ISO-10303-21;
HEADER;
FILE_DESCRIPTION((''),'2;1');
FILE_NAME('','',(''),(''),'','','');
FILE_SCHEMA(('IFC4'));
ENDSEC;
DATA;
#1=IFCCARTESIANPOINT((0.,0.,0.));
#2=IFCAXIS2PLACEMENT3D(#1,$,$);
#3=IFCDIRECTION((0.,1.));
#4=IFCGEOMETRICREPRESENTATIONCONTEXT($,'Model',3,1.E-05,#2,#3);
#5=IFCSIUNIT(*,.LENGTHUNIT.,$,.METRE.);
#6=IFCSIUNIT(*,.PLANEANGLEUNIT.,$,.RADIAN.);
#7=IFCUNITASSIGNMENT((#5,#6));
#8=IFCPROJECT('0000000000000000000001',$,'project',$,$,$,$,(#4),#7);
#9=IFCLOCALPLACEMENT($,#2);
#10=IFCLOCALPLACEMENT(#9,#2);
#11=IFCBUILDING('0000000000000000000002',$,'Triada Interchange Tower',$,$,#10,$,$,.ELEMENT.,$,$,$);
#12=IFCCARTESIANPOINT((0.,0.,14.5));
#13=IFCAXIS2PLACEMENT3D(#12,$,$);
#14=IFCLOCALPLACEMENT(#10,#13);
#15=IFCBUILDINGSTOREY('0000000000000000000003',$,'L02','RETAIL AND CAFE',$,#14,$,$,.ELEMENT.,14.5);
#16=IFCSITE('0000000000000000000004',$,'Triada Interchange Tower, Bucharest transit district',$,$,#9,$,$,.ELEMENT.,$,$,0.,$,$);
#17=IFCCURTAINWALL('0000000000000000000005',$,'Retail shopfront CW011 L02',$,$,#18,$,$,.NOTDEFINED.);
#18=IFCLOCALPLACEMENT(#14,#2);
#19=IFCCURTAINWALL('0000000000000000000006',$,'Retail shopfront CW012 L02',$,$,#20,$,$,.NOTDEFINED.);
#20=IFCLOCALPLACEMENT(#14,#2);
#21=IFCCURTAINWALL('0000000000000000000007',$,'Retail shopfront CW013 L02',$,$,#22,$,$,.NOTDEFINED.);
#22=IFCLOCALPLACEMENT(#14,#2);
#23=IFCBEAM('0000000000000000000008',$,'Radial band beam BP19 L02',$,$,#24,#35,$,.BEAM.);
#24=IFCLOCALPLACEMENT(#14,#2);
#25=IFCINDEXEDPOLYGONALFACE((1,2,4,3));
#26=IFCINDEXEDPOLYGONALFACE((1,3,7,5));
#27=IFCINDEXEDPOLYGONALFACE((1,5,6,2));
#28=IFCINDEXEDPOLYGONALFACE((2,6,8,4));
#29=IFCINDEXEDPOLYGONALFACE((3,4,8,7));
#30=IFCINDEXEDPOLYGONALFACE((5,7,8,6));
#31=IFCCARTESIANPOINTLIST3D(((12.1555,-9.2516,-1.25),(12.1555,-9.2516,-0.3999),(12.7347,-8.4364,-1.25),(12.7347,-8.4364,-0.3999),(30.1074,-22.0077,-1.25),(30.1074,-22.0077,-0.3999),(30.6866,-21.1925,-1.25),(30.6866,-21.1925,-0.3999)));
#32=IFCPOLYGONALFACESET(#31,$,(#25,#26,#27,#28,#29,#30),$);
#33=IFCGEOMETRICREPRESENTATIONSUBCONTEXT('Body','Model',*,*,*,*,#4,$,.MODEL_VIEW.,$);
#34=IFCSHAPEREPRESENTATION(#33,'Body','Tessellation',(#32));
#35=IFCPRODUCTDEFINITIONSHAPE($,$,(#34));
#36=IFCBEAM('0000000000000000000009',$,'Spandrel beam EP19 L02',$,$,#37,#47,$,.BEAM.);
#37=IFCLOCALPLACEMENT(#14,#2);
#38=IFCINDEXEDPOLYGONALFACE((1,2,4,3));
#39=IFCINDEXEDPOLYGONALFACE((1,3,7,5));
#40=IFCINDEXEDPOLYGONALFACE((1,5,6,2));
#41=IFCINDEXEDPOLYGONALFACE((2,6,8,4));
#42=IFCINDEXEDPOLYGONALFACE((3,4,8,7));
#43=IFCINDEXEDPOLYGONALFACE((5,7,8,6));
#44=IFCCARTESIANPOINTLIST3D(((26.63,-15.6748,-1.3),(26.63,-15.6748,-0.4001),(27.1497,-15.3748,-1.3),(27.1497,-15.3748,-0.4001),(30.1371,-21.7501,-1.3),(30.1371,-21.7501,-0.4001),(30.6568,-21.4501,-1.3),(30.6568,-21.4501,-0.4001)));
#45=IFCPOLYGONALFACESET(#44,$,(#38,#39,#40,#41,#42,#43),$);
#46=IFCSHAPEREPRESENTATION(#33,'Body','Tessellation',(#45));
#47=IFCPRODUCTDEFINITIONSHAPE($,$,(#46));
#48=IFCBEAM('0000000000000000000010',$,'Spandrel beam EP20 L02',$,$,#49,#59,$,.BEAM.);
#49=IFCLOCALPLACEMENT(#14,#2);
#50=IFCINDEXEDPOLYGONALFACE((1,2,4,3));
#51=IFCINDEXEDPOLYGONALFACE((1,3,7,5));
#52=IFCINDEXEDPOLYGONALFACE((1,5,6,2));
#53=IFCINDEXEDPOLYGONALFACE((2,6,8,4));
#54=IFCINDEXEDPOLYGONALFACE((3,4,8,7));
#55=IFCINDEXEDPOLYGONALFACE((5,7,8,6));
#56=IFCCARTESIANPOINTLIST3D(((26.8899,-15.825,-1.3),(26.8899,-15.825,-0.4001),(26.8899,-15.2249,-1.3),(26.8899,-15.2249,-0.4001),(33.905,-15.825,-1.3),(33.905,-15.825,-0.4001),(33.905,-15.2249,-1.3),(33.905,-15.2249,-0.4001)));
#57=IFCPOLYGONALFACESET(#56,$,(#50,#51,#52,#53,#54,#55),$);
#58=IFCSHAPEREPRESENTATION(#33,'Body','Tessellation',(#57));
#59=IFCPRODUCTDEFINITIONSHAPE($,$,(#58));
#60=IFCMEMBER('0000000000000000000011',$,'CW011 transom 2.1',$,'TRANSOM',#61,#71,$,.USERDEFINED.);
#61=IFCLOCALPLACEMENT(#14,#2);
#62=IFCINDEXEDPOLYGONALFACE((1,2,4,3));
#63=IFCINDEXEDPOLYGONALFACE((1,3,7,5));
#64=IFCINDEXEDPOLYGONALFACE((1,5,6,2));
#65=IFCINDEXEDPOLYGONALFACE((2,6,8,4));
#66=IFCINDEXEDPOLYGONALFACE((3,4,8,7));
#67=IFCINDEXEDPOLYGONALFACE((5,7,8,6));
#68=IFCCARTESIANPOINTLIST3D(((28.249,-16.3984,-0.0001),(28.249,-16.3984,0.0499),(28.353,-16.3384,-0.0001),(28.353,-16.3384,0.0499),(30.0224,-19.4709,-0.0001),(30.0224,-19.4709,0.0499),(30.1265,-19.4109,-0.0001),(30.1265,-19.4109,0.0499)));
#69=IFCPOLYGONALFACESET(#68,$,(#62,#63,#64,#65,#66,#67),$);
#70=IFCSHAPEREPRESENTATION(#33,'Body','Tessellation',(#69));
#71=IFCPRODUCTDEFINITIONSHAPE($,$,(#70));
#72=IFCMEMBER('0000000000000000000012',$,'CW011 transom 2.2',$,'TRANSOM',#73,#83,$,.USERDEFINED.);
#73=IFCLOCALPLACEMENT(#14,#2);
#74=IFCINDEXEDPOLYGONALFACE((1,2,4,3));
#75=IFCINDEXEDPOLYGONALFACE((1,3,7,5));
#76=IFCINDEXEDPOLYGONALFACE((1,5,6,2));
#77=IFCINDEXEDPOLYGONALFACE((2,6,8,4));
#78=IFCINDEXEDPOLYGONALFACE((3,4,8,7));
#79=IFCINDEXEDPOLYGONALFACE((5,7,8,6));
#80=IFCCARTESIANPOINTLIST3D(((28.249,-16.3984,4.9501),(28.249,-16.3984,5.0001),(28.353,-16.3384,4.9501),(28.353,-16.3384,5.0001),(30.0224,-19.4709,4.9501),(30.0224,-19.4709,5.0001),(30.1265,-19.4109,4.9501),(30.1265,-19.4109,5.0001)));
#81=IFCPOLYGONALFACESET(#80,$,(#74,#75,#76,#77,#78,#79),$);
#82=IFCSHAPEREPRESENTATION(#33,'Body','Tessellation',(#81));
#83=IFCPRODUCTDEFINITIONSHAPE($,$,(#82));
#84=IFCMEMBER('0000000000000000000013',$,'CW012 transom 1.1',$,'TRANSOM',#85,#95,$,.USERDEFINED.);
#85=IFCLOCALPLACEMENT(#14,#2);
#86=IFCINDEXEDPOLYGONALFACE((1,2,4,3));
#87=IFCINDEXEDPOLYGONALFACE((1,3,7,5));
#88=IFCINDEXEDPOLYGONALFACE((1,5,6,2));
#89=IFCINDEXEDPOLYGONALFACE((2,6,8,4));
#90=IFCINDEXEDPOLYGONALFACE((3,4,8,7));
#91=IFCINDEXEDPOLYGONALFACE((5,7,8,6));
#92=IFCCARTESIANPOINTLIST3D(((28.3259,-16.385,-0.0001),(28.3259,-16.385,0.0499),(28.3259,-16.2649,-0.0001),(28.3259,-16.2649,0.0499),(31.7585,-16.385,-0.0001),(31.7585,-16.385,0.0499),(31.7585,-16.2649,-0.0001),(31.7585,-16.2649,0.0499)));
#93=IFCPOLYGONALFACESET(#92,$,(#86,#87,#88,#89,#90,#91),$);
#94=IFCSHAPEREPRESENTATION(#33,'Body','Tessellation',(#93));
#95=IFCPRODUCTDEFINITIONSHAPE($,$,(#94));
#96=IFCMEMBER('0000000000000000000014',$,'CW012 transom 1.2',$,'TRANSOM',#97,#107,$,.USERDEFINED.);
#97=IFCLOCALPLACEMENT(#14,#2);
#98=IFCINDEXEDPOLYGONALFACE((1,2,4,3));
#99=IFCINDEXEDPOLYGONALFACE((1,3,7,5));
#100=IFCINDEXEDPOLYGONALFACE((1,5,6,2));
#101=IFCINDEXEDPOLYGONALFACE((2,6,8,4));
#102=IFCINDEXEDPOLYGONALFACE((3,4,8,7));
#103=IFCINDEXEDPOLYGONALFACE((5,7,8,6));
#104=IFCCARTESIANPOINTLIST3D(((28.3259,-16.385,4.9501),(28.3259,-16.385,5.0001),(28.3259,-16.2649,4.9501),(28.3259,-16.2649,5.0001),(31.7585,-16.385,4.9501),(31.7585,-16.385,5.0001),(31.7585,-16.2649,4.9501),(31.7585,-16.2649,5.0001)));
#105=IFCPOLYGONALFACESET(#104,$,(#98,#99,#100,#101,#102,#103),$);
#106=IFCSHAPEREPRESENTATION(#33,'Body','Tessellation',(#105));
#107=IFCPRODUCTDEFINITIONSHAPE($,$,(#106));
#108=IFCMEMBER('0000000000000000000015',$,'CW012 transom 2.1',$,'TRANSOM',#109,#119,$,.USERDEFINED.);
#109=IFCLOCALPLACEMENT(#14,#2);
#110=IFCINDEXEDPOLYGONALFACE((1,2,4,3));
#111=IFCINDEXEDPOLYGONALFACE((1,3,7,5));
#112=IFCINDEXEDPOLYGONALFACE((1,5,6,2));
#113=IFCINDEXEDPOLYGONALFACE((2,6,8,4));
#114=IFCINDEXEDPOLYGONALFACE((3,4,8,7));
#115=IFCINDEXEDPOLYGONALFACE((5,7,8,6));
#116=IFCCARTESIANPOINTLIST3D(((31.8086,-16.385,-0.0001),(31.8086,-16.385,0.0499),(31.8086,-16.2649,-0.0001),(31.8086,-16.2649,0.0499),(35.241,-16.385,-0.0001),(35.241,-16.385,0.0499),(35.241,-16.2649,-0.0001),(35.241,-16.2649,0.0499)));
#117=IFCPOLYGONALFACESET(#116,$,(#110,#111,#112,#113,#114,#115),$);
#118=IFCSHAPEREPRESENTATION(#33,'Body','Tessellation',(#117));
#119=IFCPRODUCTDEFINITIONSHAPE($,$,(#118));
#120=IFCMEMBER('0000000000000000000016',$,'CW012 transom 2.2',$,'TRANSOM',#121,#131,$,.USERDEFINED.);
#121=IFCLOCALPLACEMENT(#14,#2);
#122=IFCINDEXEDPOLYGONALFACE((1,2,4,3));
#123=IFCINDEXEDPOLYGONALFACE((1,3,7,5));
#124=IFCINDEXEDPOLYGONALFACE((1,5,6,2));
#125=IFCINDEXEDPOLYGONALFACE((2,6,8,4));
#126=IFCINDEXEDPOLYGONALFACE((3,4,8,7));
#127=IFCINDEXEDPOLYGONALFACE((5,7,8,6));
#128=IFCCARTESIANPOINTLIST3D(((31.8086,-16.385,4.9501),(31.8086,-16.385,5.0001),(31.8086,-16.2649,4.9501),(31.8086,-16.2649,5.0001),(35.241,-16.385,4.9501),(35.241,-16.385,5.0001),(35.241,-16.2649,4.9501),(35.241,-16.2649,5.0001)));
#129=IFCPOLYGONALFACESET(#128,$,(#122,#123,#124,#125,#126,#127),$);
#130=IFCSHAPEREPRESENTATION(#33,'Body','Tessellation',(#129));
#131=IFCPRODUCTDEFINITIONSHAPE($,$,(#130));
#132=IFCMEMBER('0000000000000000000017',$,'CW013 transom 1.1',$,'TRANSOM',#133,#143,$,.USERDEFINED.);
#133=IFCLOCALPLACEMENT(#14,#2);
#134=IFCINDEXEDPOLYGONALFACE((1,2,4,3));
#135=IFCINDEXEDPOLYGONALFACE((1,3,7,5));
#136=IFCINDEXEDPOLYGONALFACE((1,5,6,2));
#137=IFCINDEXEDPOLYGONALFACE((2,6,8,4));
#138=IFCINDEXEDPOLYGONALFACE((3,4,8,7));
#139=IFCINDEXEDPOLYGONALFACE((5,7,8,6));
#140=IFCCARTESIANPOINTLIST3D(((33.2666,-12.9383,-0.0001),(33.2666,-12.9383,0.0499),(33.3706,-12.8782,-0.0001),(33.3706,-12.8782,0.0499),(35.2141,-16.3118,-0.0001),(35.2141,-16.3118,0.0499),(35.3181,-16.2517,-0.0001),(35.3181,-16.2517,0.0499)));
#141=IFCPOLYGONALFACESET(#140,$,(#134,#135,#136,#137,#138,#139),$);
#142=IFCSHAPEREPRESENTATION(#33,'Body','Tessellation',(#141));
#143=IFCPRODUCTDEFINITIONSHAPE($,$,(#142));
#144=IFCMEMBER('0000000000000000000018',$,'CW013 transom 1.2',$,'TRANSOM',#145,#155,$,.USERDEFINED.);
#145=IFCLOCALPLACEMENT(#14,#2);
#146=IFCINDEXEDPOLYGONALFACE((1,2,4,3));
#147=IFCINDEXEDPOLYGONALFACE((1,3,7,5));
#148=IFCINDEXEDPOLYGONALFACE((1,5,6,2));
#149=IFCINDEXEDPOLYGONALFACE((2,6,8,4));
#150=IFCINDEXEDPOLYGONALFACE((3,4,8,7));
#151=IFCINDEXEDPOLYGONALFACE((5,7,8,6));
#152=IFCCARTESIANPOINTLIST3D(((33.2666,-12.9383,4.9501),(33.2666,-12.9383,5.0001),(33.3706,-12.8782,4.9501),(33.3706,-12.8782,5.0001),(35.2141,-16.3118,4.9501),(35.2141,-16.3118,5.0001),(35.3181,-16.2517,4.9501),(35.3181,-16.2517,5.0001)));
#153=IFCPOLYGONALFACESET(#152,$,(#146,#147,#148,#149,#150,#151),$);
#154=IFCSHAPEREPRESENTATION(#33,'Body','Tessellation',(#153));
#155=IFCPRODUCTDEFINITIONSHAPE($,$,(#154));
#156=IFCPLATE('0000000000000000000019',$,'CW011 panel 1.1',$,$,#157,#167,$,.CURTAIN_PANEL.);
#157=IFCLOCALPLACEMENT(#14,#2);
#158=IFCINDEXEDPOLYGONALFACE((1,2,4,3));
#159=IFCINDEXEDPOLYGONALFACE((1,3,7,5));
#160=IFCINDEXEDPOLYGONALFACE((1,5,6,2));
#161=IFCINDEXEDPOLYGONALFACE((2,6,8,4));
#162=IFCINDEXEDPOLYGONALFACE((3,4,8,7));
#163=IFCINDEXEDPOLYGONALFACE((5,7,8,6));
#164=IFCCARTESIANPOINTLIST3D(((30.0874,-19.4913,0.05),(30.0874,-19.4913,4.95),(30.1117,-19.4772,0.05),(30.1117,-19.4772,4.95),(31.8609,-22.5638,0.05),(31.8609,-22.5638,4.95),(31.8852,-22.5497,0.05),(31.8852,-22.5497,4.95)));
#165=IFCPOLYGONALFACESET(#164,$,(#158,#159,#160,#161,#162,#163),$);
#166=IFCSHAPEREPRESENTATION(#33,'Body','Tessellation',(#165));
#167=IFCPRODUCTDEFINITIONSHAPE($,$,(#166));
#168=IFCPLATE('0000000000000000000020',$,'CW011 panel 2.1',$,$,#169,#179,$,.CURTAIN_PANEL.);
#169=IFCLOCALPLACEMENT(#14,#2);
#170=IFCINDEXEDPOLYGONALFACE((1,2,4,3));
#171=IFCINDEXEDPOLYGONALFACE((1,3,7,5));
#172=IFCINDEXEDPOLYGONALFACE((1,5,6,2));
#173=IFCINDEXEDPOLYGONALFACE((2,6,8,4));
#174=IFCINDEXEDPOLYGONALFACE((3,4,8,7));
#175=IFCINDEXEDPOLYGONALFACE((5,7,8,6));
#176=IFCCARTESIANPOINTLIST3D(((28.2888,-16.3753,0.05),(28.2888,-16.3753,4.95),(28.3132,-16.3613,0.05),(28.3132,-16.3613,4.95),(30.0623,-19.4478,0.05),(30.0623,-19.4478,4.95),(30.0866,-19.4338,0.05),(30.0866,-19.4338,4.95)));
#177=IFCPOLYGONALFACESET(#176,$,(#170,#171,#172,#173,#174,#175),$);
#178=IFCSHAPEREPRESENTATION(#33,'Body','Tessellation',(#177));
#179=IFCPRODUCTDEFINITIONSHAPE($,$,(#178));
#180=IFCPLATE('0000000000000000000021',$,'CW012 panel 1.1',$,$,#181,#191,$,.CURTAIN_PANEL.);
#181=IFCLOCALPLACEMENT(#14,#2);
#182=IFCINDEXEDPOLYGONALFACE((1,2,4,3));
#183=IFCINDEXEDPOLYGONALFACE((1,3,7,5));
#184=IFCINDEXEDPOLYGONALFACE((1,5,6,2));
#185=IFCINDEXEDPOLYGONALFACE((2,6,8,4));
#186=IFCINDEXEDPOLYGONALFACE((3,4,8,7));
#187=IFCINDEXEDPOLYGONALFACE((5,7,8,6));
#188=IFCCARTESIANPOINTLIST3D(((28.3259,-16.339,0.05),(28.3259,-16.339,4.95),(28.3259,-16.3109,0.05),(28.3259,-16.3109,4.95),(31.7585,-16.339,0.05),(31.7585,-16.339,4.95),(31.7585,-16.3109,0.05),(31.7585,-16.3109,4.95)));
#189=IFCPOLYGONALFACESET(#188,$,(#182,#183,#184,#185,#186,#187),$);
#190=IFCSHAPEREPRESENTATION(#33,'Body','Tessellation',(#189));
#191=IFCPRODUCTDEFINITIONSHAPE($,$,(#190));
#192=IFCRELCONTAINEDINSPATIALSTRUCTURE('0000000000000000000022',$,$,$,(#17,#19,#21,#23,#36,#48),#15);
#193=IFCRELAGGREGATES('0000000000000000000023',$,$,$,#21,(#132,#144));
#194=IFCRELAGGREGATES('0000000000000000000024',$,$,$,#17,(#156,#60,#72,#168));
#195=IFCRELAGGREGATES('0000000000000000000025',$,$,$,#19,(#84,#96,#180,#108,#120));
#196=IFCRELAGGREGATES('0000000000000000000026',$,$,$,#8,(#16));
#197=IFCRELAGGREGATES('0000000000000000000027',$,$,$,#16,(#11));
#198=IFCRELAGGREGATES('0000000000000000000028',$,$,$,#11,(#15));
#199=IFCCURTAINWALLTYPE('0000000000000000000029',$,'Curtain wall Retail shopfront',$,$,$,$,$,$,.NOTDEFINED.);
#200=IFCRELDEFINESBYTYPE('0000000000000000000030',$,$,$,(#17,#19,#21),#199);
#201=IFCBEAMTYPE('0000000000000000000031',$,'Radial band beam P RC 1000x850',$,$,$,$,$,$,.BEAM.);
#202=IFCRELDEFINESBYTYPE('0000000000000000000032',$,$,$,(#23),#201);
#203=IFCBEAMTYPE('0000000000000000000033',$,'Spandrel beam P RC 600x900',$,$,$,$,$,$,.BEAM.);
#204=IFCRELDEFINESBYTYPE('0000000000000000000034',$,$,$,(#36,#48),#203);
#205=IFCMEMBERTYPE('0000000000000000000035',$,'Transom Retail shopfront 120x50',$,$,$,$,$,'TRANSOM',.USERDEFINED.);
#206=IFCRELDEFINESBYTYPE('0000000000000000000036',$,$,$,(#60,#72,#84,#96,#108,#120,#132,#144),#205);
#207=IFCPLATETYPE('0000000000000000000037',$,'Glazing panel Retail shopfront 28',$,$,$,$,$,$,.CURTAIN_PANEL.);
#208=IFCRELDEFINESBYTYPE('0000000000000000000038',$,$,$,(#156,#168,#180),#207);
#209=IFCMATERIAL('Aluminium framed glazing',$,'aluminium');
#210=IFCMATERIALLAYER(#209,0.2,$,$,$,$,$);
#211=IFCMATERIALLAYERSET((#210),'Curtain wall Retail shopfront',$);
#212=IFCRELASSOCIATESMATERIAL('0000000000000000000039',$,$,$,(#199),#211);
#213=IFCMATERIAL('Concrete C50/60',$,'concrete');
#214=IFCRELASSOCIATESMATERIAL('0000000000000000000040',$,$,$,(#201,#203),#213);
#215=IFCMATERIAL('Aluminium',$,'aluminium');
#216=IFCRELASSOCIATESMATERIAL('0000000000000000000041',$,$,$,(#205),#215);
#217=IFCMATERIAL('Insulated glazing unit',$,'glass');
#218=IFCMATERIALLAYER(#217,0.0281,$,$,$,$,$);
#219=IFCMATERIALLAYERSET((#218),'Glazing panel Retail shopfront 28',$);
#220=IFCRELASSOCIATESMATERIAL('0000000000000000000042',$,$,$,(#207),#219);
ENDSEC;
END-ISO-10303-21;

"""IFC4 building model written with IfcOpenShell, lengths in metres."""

from ifc_helpers import new_model, si_unit, direction, frame, origin, origin_2d, place, context, subcontext, project, spatial, rectangle, extrude, material, layer, layer_set, material_profile, profile_set, type_object, element, aggregate, save


model = new_model("IFC4")

# Units and contexts
model_context = context("Model", 3, precision=1e-05, world=origin(), true_north=direction((0.0, 1.0)))
body_context = subcontext(model_context, "Body", "Model", "MODEL_VIEW")
ifc_project = project(units=[si_unit("LENGTHUNIT", "METRE"), si_unit("PLANEANGLEUNIT", "RADIAN")], contexts=[model_context])

# Site, building, storey
site_placement = place(None, origin())
site = spatial("IfcSite", under=ifc_project, at=site_placement, Name="Triada Interchange Tower, Bucharest transit district", CompositionType="ELEMENT", RefElevation=0.0)
building_placement = place(site_placement, origin())
building = spatial("IfcBuilding", under=site, at=building_placement, Name="Triada Interchange Tower", CompositionType="ELEMENT")
storey_placement = place(building_placement, frame((0.0, 0.0, 14.5)))
storey = spatial("IfcBuildingStorey", under=building, at=storey_placement, Name="L02", Description="RETAIL AND CAFE", CompositionType="ELEMENT", Elevation=14.5)

# Curtain walls
ifc_material_1 = material(Name="Aluminium framed glazing", Category="aluminium")
ifc_layer_1 = layer(ifc_material_1, 0.2)
ifc_layer_set_1 = layer_set([ifc_layer_1], Name="Curtain wall Retail shopfront")
curtain_wall_type = type_object("IfcCurtainWallType", Name="Curtain wall Retail shopfront", PredefinedType="NOTDEFINED", material=ifc_layer_set_1)
curtain_wall_1_placement = place(storey_placement, origin())
curtain_wall_1 = element("IfcCurtainWall", 1, at=curtain_wall_1_placement, inside=storey, type_object=curtain_wall_type, Name="Retail shopfront CW011 L02", PredefinedType="NOTDEFINED")
ifc_material_2 = material(Name="Aluminium", Category="aluminium")
curtain_wall_2_placement = place(storey_placement, origin())
curtain_wall_2 = element("IfcCurtainWall", 2, at=curtain_wall_2_placement, inside=storey, type_object=curtain_wall_type, Name="Retail shopfront CW012 L02", PredefinedType="NOTDEFINED")

# Curtain wall
curtain_wall_3_placement = place(storey_placement, origin())
curtain_wall_3 = element("IfcCurtainWall", 3, at=curtain_wall_3_placement, inside=storey, type_object=curtain_wall_type, Name="Retail shopfront CW013 L02", PredefinedType="NOTDEFINED")

# Beams
ifc_material_3 = material(Name="Concrete C50/60", Category="concrete")
ifc_material_profile_1 = material_profile(ifc_material_3, rectangle(XDim=1.0, YDim=0.8501, at=origin_2d()), Name="RC 1000x850")
ifc_profile_set_1 = profile_set([ifc_material_profile_1], Name="Concrete C50/60")
beam_type_1 = type_object("IfcBeamType", Name="Radial band beam P RC 1000x850", PredefinedType="BEAM", material=ifc_profile_set_1)
beam_1_placement = place(storey_placement, frame((30.397, -21.6001, -0.825), z_axis=(-0.815163, 0.579231, 0.0), x_axis=(-0.579231, -0.815163, 0.0)))
element("IfcBeam", 4, at=beam_1_placement, inside=storey, type_object=beam_type_1, Name="Radial band beam BP19 L02", PredefinedType="BEAM", context=body_context, shape_type="SweptSolid", body=[
    extrude(rectangle(XDim=1.0, YDim=0.8501, at=origin_2d()), origin(), (0.0, 0.0, 1.0), 22.0225),
])
ifc_material_profile_2 = material_profile(ifc_material_3, rectangle(XDim=0.6001, YDim=0.8999, at=origin_2d()), Name="RC 600x900")
ifc_profile_set_2 = profile_set([ifc_material_profile_2], Name="Concrete C50/60")
beam_type_2 = type_object("IfcBeamType", Name="Spandrel beam P RC 600x900", PredefinedType="BEAM", material=ifc_profile_set_2)
beam_2_placement = place(storey_placement, frame((30.397, -21.6001, -0.8501), z_axis=(-0.499953, 0.866052, 0.0), x_axis=(-0.866052, -0.499953, 0.0)))
element("IfcBeam", 5, at=beam_2_placement, inside=storey, type_object=beam_type_2, Name="Spandrel beam EP19 L02", PredefinedType="BEAM", context=body_context, shape_type="SweptSolid", body=[
    extrude(rectangle(XDim=0.6001, YDim=0.8999, at=origin_2d()), origin(), (0.0, 0.0, 1.0), 7.0149),
])
beam_3_placement = place(storey_placement, frame((26.8899, -15.5249, -0.8501), z_axis=(1.0, 0.0, 0.0), x_axis=(0.0, 1.0, 0.0)))
element("IfcBeam", 6, at=beam_3_placement, inside=storey, type_object=beam_type_2, Name="Spandrel beam EP20 L02", PredefinedType="BEAM", context=body_context, shape_type="SweptSolid", body=[
    extrude(rectangle(XDim=0.6001, YDim=0.8999, at=origin_2d()), origin(), (0.0, 0.0, 1.0), 7.0151),
])

# Members
ifc_material_profile_3 = material_profile(ifc_material_2, rectangle(XDim=0.1201, YDim=0.05, at=origin_2d()), Name="Aluminium transom")
ifc_profile_set_3 = profile_set([ifc_material_profile_3], Name="Aluminium")
member_type_1 = type_object("IfcMemberType", Name="Transom Retail shopfront 120x50", ElementType="TRANSOM", PredefinedType="USERDEFINED", material=ifc_profile_set_3)
member_1_placement = place(storey_placement, frame((30.0745, -19.4409, 0.0249), z_axis=(-0.499899, 0.866084, 0.0), x_axis=(-0.866084, -0.499899, 0.0)))
member_1 = element("IfcMember", 7, at=member_1_placement, type_object=member_type_1, Name="CW011 transom 2.1", ObjectType="TRANSOM", PredefinedType="USERDEFINED", context=body_context, shape_type="SweptSolid", body=[
    extrude(rectangle(XDim=0.1201, YDim=0.05, at=origin_2d()), origin(), (0.0, 0.0, 1.0), 3.5476),
])
member_2_placement = place(storey_placement, frame((30.0745, -19.4409, 4.9751), z_axis=(-0.499899, 0.866084, 0.0), x_axis=(-0.866084, -0.499899, 0.0)))
member_2 = element("IfcMember", 8, at=member_2_placement, type_object=member_type_1, Name="CW011 transom 2.2", ObjectType="TRANSOM", PredefinedType="USERDEFINED", context=body_context, shape_type="SweptSolid", body=[
    extrude(rectangle(XDim=0.1201, YDim=0.05, at=origin_2d()), origin(), (0.0, 0.0, 1.0), 3.5476),
])
member_3_placement = place(storey_placement, frame((28.3259, -16.325, 0.0249), z_axis=(1.0, 0.0, 0.0), x_axis=(0.0, 1.0, 0.0)))
member_3 = element("IfcMember", 9, at=member_3_placement, type_object=member_type_1, Name="CW012 transom 1.1", ObjectType="TRANSOM", PredefinedType="USERDEFINED", context=body_context, shape_type="SweptSolid", body=[
    extrude(rectangle(XDim=0.1201, YDim=0.05, at=origin_2d()), origin(), (0.0, 0.0, 1.0), 3.4326),
])
member_4_placement = place(storey_placement, frame((28.3259, -16.325, 4.9751), z_axis=(1.0, 0.0, 0.0), x_axis=(0.0, 1.0, 0.0)))
member_4 = element("IfcMember", 10, at=member_4_placement, type_object=member_type_1, Name="CW012 transom 1.2", ObjectType="TRANSOM", PredefinedType="USERDEFINED", context=body_context, shape_type="SweptSolid", body=[
    extrude(rectangle(XDim=0.1201, YDim=0.05, at=origin_2d()), origin(), (0.0, 0.0, 1.0), 3.4326),
])
member_5_placement = place(storey_placement, frame((31.8086, -16.325, 0.0249), z_axis=(1.0, 0.0, 0.0), x_axis=(0.0, 1.0, 0.0)))
member_5 = element("IfcMember", 11, at=member_5_placement, type_object=member_type_1, Name="CW012 transom 2.1", ObjectType="TRANSOM", PredefinedType="USERDEFINED", context=body_context, shape_type="SweptSolid", body=[
    extrude(rectangle(XDim=0.1201, YDim=0.05, at=origin_2d()), origin(), (0.0, 0.0, 1.0), 3.4324),
])
member_6_placement = place(storey_placement, frame((31.8086, -16.325, 4.9751), z_axis=(1.0, 0.0, 0.0), x_axis=(0.0, 1.0, 0.0)))
member_6 = element("IfcMember", 12, at=member_6_placement, type_object=member_type_1, Name="CW012 transom 2.2", ObjectType="TRANSOM", PredefinedType="USERDEFINED", context=body_context, shape_type="SweptSolid", body=[
    extrude(rectangle(XDim=0.1201, YDim=0.05, at=origin_2d()), origin(), (0.0, 0.0, 1.0), 3.4324),
])
member_7_placement = place(storey_placement, frame((35.2661, -16.2817, 0.0249), z_axis=(-0.499961, 0.866048, 0.0), x_axis=(-0.866048, -0.499961, 0.0)))
member_7 = element("IfcMember", 13, at=member_7_placement, type_object=member_type_1, Name="CW013 transom 1.1", ObjectType="TRANSOM", PredefinedType="USERDEFINED", context=body_context, shape_type="SweptSolid", body=[
    extrude(rectangle(XDim=0.1201, YDim=0.05, at=origin_2d()), origin(), (0.0, 0.0, 1.0), 3.8953),
])
member_8_placement = place(storey_placement, frame((35.2661, -16.2817, 4.9751), z_axis=(-0.499961, 0.866048, 0.0), x_axis=(-0.866048, -0.499961, 0.0)))
member_8 = element("IfcMember", 14, at=member_8_placement, type_object=member_type_1, Name="CW013 transom 1.2", ObjectType="TRANSOM", PredefinedType="USERDEFINED", context=body_context, shape_type="SweptSolid", body=[
    extrude(rectangle(XDim=0.1201, YDim=0.05, at=origin_2d()), origin(), (0.0, 0.0, 1.0), 3.8953),
])
aggregate(curtain_wall_3, [member_7, member_8])

# Plates
ifc_material_4 = material(Name="Insulated glazing unit", Category="glass")
ifc_layer_2 = layer(ifc_material_4, 0.0281)
ifc_layer_set_2 = layer_set([ifc_layer_2], Name="Glazing panel Retail shopfront 28")
plate_type = type_object("IfcPlateType", Name="Glazing panel Retail shopfront 28", PredefinedType="CURTAIN_PANEL", material=ifc_layer_set_2)
plate_1_placement = place(storey_placement, frame((30.9863, -21.0205, 0.05), z_axis=(0.0, 0.0, 1.0), x_axis=(-0.49991, 0.866078, 0.0)))
plate_1 = element("IfcPlate", 15, at=plate_1_placement, type_object=plate_type, Name="CW011 panel 1.1", PredefinedType="CURTAIN_PANEL", context=body_context, shape_type="SweptSolid", body=[
    extrude(rectangle(XDim=3.5476, YDim=0.0281, at=origin_2d()), origin(), (0.0, 0.0, 1.0), 4.8999),
])
plate_2_placement = place(storey_placement, frame((29.1877, -17.9045, 0.05), z_axis=(0.0, 0.0, 1.0), x_axis=(-0.49991, 0.866078, 0.0)))
plate_2 = element("IfcPlate", 16, at=plate_2_placement, type_object=plate_type, Name="CW011 panel 2.1", PredefinedType="CURTAIN_PANEL", context=body_context, shape_type="SweptSolid", body=[
    extrude(rectangle(XDim=3.5476, YDim=0.0281, at=origin_2d()), origin(), (0.0, 0.0, 1.0), 4.8999),
])
aggregate(curtain_wall_1, [plate_1, member_1, member_2, plate_2])
plate_3_placement = place(storey_placement, frame((30.0422, -16.325, 0.05), z_axis=(0.0, 0.0, 1.0), x_axis=(1.0, 0.0, 0.0)))
plate_3 = element("IfcPlate", 17, at=plate_3_placement, type_object=plate_type, Name="CW012 panel 1.1", PredefinedType="CURTAIN_PANEL", context=body_context, shape_type="SweptSolid", body=[
    extrude(rectangle(XDim=3.4326, YDim=0.0281, at=origin_2d()), origin(), (0.0, 0.0, 1.0), 4.8999),
])
aggregate(curtain_wall_2, [member_3, member_4, plate_3, member_5, member_6])

save(model, "model.ifc")
